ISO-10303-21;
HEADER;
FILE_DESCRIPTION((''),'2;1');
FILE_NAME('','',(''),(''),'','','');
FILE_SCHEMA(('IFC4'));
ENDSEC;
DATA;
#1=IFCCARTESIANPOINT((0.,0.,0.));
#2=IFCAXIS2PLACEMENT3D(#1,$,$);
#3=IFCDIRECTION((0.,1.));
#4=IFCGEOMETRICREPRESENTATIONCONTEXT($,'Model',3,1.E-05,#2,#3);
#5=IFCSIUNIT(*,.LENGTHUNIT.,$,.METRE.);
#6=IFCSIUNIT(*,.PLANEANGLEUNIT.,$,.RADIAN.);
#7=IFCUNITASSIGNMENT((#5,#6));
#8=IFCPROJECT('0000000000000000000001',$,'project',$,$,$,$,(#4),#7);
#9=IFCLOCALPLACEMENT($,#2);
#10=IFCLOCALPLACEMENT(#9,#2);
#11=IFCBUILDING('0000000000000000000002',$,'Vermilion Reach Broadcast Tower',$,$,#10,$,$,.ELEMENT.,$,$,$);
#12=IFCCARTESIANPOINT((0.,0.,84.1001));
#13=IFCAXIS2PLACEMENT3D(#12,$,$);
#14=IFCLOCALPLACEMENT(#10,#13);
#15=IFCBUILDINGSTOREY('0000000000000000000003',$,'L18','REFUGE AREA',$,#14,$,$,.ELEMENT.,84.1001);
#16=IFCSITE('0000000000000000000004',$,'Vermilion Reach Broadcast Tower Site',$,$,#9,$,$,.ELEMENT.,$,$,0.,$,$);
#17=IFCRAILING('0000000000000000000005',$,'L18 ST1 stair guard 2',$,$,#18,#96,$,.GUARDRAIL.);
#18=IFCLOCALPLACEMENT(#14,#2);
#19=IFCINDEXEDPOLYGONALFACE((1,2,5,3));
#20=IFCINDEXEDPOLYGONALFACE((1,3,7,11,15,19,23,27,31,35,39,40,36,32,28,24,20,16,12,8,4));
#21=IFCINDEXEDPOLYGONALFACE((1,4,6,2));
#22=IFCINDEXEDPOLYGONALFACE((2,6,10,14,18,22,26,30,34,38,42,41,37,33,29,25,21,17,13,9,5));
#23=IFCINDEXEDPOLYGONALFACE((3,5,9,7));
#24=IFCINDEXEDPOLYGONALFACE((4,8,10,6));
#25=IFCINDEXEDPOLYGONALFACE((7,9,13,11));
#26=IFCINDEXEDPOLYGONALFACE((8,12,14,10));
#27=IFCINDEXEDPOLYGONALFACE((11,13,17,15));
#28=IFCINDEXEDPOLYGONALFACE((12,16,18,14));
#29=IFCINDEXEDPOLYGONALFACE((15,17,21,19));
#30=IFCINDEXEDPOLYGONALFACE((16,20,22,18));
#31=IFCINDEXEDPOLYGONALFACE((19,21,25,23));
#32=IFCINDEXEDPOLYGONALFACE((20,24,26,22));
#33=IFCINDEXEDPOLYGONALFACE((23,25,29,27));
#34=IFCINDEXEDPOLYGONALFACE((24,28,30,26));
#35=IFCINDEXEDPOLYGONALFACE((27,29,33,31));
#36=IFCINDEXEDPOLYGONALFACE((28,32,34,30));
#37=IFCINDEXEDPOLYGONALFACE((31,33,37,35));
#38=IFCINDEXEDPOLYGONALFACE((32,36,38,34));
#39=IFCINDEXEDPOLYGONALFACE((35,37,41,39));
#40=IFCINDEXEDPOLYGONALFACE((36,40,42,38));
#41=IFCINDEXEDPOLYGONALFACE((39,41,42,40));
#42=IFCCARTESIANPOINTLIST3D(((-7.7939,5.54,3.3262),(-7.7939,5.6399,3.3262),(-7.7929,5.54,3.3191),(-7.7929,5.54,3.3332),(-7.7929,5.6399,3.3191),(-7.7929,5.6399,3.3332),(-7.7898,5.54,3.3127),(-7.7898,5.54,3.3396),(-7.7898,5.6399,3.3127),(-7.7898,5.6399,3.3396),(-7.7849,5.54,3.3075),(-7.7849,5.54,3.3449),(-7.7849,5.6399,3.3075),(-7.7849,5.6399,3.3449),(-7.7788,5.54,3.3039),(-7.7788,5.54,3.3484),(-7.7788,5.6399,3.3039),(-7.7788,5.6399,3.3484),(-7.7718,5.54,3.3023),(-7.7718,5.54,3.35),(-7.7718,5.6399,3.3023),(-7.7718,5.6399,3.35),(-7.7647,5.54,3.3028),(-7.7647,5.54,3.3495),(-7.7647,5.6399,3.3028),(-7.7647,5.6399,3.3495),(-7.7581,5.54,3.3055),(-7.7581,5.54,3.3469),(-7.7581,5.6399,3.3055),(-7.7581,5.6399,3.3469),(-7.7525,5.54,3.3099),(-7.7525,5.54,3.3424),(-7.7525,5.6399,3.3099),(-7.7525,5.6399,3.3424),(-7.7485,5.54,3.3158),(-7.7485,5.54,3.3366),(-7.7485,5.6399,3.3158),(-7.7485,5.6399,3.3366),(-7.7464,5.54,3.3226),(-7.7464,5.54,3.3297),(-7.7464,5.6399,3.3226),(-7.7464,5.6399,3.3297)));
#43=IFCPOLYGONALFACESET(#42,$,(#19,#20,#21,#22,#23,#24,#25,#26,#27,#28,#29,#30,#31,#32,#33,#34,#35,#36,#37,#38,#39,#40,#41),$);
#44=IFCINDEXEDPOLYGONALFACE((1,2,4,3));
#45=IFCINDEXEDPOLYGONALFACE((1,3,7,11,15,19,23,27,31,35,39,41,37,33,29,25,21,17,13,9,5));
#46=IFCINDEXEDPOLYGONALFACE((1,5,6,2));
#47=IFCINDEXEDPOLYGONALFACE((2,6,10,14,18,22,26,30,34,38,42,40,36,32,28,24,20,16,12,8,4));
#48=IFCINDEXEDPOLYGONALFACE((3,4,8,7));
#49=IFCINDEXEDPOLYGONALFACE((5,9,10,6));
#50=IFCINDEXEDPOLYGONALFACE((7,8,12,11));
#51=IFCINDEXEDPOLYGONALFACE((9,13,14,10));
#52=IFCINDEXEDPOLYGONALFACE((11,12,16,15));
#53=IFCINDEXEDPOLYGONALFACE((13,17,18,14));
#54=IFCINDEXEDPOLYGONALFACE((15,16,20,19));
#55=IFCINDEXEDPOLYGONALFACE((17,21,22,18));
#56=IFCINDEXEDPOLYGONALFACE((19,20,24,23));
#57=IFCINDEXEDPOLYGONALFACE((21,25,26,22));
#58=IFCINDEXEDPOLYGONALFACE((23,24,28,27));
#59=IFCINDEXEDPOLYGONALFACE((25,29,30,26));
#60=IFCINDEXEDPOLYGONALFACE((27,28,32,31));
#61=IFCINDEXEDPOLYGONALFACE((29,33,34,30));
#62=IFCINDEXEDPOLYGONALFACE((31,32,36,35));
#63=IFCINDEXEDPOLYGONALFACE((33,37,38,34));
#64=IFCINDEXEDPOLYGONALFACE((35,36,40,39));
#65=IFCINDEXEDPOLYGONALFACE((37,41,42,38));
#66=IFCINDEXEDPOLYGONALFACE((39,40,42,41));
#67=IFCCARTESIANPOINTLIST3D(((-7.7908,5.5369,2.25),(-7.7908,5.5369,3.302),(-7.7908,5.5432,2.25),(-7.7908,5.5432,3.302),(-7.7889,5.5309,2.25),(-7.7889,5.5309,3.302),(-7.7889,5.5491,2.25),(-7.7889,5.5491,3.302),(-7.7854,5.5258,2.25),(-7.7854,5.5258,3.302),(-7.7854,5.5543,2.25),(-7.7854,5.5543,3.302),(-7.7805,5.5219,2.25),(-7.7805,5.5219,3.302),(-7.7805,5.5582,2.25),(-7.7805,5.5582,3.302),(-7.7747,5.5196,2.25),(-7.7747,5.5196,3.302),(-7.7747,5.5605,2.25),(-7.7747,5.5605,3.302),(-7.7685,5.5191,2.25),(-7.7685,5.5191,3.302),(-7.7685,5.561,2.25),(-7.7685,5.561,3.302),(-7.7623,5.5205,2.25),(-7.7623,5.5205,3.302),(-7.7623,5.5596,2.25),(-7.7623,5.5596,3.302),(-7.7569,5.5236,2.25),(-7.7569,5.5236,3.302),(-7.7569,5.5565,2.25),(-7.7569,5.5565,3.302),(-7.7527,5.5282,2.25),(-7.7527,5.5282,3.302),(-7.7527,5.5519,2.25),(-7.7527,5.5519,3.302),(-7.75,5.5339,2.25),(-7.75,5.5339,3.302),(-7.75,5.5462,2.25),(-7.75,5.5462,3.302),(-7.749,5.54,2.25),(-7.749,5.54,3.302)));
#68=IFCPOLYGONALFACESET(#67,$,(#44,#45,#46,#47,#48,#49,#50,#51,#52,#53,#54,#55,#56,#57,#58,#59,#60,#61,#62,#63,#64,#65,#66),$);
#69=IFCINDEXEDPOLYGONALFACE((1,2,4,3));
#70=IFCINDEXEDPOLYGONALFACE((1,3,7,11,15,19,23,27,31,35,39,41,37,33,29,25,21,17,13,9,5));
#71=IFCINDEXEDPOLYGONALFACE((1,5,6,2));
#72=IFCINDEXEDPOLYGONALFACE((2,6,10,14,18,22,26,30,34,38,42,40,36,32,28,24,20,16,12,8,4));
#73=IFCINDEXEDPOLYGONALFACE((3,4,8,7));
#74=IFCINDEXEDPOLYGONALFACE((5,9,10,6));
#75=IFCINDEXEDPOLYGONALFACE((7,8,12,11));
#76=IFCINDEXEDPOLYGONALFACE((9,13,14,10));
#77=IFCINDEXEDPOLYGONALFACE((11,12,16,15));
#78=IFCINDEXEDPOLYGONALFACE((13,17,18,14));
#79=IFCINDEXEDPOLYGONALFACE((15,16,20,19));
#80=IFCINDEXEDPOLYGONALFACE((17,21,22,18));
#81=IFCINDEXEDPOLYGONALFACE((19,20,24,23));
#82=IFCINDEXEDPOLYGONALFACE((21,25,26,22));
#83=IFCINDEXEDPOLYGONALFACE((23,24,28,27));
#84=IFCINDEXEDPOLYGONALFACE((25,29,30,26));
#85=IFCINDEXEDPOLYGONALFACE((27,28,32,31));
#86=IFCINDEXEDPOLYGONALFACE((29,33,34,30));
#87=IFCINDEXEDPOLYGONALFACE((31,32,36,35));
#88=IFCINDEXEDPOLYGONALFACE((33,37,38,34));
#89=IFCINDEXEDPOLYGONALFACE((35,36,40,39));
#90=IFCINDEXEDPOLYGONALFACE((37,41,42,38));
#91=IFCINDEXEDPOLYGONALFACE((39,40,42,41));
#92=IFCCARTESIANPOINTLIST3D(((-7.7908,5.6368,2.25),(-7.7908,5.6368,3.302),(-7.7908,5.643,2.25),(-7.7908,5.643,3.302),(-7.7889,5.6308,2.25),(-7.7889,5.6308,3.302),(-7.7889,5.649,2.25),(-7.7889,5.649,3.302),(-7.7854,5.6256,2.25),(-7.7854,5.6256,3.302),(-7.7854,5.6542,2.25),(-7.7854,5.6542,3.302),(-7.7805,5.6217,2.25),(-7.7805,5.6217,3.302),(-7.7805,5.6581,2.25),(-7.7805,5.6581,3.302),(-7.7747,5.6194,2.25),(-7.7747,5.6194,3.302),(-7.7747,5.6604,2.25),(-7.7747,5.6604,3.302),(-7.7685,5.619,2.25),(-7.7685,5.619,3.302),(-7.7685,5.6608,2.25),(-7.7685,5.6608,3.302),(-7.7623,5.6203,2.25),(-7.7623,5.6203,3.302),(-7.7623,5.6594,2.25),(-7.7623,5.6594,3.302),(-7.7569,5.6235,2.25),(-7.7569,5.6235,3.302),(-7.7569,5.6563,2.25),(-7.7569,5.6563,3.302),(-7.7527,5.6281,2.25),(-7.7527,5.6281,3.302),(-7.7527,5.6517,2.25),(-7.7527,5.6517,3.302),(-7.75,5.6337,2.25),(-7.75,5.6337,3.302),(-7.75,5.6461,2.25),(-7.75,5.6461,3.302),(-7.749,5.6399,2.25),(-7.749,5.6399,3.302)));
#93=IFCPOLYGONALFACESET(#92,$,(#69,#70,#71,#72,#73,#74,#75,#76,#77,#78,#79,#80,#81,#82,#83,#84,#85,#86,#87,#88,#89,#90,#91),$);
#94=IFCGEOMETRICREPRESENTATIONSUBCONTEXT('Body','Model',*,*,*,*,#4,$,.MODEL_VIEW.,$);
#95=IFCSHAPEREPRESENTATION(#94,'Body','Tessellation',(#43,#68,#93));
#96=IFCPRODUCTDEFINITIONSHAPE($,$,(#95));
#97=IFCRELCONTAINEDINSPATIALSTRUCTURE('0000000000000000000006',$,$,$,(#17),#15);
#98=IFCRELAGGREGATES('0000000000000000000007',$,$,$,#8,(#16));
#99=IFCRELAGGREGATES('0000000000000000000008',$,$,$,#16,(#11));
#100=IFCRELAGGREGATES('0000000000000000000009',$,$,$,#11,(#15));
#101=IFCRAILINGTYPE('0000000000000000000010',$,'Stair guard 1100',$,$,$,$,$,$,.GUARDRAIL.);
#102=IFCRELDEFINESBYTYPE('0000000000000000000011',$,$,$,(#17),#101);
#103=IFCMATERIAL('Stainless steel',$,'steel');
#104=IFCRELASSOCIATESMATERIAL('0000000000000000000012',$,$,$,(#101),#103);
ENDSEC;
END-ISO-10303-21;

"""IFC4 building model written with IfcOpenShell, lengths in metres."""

from ifc_helpers import new_model, si_unit, direction, frame, origin, origin_2d, place, context, subcontext, project, spatial, circle, extrude, material, type_object, element, save


model = new_model("IFC4")

# Units and contexts
model_context = context("Model", 3, precision=1e-05, world=origin(), true_north=direction((0.0, 1.0)))
body_context = subcontext(model_context, "Body", "Model", "MODEL_VIEW")
ifc_project = project(units=[si_unit("LENGTHUNIT", "METRE"), si_unit("PLANEANGLEUNIT", "RADIAN")], contexts=[model_context])

# Site, building, storey
site_placement = place(None, origin())
site = spatial("IfcSite", under=ifc_project, at=site_placement, Name="Vermilion Reach Broadcast Tower Site", CompositionType="ELEMENT", RefElevation=0.0)
building_placement = place(site_placement, origin())
building = spatial("IfcBuilding", under=site, at=building_placement, Name="Vermilion Reach Broadcast Tower", CompositionType="ELEMENT")
storey_placement = place(building_placement, frame((0.0, 0.0, 84.1001)))
storey = spatial("IfcBuildingStorey", under=building, at=storey_placement, Name="L18", Description="REFUGE AREA", CompositionType="ELEMENT", Elevation=84.1001)

# Railing
ifc_material_1 = material(Name="Stainless steel", Category="steel")
railing_type_1 = type_object("IfcRailingType", Name="Stair guard 1100", PredefinedType="GUARDRAIL", material=ifc_material_1)
railing_1_placement = place(storey_placement, frame((-7.77, 5.54, 2.25)))
element("IfcRailing", 1, at=railing_1_placement, inside=storey, type_object=railing_type_1, Name="L18 ST1 stair guard 2", PredefinedType="GUARDRAIL", context=body_context, shape_type="SweptSolid", body=[
    extrude(circle(Radius=0.0239, at=origin_2d()), frame((0.0, 0.0, 1.0762), z_axis=(0.0, 1.0, 0.0), x_axis=(-1.0, 0.0, 0.0)), (0.0, 0.0, 1.0), 0.0999),
    extrude(circle(Radius=0.021, at=origin_2d()), origin(), (0.0, 0.0, 1.0), 1.052),
    extrude(circle(Radius=0.021, at=origin_2d()), frame((0.0, 0.0999, 0.0)), (0.0, 0.0, 1.0), 1.052),
])

save(model, "model.ifc")
